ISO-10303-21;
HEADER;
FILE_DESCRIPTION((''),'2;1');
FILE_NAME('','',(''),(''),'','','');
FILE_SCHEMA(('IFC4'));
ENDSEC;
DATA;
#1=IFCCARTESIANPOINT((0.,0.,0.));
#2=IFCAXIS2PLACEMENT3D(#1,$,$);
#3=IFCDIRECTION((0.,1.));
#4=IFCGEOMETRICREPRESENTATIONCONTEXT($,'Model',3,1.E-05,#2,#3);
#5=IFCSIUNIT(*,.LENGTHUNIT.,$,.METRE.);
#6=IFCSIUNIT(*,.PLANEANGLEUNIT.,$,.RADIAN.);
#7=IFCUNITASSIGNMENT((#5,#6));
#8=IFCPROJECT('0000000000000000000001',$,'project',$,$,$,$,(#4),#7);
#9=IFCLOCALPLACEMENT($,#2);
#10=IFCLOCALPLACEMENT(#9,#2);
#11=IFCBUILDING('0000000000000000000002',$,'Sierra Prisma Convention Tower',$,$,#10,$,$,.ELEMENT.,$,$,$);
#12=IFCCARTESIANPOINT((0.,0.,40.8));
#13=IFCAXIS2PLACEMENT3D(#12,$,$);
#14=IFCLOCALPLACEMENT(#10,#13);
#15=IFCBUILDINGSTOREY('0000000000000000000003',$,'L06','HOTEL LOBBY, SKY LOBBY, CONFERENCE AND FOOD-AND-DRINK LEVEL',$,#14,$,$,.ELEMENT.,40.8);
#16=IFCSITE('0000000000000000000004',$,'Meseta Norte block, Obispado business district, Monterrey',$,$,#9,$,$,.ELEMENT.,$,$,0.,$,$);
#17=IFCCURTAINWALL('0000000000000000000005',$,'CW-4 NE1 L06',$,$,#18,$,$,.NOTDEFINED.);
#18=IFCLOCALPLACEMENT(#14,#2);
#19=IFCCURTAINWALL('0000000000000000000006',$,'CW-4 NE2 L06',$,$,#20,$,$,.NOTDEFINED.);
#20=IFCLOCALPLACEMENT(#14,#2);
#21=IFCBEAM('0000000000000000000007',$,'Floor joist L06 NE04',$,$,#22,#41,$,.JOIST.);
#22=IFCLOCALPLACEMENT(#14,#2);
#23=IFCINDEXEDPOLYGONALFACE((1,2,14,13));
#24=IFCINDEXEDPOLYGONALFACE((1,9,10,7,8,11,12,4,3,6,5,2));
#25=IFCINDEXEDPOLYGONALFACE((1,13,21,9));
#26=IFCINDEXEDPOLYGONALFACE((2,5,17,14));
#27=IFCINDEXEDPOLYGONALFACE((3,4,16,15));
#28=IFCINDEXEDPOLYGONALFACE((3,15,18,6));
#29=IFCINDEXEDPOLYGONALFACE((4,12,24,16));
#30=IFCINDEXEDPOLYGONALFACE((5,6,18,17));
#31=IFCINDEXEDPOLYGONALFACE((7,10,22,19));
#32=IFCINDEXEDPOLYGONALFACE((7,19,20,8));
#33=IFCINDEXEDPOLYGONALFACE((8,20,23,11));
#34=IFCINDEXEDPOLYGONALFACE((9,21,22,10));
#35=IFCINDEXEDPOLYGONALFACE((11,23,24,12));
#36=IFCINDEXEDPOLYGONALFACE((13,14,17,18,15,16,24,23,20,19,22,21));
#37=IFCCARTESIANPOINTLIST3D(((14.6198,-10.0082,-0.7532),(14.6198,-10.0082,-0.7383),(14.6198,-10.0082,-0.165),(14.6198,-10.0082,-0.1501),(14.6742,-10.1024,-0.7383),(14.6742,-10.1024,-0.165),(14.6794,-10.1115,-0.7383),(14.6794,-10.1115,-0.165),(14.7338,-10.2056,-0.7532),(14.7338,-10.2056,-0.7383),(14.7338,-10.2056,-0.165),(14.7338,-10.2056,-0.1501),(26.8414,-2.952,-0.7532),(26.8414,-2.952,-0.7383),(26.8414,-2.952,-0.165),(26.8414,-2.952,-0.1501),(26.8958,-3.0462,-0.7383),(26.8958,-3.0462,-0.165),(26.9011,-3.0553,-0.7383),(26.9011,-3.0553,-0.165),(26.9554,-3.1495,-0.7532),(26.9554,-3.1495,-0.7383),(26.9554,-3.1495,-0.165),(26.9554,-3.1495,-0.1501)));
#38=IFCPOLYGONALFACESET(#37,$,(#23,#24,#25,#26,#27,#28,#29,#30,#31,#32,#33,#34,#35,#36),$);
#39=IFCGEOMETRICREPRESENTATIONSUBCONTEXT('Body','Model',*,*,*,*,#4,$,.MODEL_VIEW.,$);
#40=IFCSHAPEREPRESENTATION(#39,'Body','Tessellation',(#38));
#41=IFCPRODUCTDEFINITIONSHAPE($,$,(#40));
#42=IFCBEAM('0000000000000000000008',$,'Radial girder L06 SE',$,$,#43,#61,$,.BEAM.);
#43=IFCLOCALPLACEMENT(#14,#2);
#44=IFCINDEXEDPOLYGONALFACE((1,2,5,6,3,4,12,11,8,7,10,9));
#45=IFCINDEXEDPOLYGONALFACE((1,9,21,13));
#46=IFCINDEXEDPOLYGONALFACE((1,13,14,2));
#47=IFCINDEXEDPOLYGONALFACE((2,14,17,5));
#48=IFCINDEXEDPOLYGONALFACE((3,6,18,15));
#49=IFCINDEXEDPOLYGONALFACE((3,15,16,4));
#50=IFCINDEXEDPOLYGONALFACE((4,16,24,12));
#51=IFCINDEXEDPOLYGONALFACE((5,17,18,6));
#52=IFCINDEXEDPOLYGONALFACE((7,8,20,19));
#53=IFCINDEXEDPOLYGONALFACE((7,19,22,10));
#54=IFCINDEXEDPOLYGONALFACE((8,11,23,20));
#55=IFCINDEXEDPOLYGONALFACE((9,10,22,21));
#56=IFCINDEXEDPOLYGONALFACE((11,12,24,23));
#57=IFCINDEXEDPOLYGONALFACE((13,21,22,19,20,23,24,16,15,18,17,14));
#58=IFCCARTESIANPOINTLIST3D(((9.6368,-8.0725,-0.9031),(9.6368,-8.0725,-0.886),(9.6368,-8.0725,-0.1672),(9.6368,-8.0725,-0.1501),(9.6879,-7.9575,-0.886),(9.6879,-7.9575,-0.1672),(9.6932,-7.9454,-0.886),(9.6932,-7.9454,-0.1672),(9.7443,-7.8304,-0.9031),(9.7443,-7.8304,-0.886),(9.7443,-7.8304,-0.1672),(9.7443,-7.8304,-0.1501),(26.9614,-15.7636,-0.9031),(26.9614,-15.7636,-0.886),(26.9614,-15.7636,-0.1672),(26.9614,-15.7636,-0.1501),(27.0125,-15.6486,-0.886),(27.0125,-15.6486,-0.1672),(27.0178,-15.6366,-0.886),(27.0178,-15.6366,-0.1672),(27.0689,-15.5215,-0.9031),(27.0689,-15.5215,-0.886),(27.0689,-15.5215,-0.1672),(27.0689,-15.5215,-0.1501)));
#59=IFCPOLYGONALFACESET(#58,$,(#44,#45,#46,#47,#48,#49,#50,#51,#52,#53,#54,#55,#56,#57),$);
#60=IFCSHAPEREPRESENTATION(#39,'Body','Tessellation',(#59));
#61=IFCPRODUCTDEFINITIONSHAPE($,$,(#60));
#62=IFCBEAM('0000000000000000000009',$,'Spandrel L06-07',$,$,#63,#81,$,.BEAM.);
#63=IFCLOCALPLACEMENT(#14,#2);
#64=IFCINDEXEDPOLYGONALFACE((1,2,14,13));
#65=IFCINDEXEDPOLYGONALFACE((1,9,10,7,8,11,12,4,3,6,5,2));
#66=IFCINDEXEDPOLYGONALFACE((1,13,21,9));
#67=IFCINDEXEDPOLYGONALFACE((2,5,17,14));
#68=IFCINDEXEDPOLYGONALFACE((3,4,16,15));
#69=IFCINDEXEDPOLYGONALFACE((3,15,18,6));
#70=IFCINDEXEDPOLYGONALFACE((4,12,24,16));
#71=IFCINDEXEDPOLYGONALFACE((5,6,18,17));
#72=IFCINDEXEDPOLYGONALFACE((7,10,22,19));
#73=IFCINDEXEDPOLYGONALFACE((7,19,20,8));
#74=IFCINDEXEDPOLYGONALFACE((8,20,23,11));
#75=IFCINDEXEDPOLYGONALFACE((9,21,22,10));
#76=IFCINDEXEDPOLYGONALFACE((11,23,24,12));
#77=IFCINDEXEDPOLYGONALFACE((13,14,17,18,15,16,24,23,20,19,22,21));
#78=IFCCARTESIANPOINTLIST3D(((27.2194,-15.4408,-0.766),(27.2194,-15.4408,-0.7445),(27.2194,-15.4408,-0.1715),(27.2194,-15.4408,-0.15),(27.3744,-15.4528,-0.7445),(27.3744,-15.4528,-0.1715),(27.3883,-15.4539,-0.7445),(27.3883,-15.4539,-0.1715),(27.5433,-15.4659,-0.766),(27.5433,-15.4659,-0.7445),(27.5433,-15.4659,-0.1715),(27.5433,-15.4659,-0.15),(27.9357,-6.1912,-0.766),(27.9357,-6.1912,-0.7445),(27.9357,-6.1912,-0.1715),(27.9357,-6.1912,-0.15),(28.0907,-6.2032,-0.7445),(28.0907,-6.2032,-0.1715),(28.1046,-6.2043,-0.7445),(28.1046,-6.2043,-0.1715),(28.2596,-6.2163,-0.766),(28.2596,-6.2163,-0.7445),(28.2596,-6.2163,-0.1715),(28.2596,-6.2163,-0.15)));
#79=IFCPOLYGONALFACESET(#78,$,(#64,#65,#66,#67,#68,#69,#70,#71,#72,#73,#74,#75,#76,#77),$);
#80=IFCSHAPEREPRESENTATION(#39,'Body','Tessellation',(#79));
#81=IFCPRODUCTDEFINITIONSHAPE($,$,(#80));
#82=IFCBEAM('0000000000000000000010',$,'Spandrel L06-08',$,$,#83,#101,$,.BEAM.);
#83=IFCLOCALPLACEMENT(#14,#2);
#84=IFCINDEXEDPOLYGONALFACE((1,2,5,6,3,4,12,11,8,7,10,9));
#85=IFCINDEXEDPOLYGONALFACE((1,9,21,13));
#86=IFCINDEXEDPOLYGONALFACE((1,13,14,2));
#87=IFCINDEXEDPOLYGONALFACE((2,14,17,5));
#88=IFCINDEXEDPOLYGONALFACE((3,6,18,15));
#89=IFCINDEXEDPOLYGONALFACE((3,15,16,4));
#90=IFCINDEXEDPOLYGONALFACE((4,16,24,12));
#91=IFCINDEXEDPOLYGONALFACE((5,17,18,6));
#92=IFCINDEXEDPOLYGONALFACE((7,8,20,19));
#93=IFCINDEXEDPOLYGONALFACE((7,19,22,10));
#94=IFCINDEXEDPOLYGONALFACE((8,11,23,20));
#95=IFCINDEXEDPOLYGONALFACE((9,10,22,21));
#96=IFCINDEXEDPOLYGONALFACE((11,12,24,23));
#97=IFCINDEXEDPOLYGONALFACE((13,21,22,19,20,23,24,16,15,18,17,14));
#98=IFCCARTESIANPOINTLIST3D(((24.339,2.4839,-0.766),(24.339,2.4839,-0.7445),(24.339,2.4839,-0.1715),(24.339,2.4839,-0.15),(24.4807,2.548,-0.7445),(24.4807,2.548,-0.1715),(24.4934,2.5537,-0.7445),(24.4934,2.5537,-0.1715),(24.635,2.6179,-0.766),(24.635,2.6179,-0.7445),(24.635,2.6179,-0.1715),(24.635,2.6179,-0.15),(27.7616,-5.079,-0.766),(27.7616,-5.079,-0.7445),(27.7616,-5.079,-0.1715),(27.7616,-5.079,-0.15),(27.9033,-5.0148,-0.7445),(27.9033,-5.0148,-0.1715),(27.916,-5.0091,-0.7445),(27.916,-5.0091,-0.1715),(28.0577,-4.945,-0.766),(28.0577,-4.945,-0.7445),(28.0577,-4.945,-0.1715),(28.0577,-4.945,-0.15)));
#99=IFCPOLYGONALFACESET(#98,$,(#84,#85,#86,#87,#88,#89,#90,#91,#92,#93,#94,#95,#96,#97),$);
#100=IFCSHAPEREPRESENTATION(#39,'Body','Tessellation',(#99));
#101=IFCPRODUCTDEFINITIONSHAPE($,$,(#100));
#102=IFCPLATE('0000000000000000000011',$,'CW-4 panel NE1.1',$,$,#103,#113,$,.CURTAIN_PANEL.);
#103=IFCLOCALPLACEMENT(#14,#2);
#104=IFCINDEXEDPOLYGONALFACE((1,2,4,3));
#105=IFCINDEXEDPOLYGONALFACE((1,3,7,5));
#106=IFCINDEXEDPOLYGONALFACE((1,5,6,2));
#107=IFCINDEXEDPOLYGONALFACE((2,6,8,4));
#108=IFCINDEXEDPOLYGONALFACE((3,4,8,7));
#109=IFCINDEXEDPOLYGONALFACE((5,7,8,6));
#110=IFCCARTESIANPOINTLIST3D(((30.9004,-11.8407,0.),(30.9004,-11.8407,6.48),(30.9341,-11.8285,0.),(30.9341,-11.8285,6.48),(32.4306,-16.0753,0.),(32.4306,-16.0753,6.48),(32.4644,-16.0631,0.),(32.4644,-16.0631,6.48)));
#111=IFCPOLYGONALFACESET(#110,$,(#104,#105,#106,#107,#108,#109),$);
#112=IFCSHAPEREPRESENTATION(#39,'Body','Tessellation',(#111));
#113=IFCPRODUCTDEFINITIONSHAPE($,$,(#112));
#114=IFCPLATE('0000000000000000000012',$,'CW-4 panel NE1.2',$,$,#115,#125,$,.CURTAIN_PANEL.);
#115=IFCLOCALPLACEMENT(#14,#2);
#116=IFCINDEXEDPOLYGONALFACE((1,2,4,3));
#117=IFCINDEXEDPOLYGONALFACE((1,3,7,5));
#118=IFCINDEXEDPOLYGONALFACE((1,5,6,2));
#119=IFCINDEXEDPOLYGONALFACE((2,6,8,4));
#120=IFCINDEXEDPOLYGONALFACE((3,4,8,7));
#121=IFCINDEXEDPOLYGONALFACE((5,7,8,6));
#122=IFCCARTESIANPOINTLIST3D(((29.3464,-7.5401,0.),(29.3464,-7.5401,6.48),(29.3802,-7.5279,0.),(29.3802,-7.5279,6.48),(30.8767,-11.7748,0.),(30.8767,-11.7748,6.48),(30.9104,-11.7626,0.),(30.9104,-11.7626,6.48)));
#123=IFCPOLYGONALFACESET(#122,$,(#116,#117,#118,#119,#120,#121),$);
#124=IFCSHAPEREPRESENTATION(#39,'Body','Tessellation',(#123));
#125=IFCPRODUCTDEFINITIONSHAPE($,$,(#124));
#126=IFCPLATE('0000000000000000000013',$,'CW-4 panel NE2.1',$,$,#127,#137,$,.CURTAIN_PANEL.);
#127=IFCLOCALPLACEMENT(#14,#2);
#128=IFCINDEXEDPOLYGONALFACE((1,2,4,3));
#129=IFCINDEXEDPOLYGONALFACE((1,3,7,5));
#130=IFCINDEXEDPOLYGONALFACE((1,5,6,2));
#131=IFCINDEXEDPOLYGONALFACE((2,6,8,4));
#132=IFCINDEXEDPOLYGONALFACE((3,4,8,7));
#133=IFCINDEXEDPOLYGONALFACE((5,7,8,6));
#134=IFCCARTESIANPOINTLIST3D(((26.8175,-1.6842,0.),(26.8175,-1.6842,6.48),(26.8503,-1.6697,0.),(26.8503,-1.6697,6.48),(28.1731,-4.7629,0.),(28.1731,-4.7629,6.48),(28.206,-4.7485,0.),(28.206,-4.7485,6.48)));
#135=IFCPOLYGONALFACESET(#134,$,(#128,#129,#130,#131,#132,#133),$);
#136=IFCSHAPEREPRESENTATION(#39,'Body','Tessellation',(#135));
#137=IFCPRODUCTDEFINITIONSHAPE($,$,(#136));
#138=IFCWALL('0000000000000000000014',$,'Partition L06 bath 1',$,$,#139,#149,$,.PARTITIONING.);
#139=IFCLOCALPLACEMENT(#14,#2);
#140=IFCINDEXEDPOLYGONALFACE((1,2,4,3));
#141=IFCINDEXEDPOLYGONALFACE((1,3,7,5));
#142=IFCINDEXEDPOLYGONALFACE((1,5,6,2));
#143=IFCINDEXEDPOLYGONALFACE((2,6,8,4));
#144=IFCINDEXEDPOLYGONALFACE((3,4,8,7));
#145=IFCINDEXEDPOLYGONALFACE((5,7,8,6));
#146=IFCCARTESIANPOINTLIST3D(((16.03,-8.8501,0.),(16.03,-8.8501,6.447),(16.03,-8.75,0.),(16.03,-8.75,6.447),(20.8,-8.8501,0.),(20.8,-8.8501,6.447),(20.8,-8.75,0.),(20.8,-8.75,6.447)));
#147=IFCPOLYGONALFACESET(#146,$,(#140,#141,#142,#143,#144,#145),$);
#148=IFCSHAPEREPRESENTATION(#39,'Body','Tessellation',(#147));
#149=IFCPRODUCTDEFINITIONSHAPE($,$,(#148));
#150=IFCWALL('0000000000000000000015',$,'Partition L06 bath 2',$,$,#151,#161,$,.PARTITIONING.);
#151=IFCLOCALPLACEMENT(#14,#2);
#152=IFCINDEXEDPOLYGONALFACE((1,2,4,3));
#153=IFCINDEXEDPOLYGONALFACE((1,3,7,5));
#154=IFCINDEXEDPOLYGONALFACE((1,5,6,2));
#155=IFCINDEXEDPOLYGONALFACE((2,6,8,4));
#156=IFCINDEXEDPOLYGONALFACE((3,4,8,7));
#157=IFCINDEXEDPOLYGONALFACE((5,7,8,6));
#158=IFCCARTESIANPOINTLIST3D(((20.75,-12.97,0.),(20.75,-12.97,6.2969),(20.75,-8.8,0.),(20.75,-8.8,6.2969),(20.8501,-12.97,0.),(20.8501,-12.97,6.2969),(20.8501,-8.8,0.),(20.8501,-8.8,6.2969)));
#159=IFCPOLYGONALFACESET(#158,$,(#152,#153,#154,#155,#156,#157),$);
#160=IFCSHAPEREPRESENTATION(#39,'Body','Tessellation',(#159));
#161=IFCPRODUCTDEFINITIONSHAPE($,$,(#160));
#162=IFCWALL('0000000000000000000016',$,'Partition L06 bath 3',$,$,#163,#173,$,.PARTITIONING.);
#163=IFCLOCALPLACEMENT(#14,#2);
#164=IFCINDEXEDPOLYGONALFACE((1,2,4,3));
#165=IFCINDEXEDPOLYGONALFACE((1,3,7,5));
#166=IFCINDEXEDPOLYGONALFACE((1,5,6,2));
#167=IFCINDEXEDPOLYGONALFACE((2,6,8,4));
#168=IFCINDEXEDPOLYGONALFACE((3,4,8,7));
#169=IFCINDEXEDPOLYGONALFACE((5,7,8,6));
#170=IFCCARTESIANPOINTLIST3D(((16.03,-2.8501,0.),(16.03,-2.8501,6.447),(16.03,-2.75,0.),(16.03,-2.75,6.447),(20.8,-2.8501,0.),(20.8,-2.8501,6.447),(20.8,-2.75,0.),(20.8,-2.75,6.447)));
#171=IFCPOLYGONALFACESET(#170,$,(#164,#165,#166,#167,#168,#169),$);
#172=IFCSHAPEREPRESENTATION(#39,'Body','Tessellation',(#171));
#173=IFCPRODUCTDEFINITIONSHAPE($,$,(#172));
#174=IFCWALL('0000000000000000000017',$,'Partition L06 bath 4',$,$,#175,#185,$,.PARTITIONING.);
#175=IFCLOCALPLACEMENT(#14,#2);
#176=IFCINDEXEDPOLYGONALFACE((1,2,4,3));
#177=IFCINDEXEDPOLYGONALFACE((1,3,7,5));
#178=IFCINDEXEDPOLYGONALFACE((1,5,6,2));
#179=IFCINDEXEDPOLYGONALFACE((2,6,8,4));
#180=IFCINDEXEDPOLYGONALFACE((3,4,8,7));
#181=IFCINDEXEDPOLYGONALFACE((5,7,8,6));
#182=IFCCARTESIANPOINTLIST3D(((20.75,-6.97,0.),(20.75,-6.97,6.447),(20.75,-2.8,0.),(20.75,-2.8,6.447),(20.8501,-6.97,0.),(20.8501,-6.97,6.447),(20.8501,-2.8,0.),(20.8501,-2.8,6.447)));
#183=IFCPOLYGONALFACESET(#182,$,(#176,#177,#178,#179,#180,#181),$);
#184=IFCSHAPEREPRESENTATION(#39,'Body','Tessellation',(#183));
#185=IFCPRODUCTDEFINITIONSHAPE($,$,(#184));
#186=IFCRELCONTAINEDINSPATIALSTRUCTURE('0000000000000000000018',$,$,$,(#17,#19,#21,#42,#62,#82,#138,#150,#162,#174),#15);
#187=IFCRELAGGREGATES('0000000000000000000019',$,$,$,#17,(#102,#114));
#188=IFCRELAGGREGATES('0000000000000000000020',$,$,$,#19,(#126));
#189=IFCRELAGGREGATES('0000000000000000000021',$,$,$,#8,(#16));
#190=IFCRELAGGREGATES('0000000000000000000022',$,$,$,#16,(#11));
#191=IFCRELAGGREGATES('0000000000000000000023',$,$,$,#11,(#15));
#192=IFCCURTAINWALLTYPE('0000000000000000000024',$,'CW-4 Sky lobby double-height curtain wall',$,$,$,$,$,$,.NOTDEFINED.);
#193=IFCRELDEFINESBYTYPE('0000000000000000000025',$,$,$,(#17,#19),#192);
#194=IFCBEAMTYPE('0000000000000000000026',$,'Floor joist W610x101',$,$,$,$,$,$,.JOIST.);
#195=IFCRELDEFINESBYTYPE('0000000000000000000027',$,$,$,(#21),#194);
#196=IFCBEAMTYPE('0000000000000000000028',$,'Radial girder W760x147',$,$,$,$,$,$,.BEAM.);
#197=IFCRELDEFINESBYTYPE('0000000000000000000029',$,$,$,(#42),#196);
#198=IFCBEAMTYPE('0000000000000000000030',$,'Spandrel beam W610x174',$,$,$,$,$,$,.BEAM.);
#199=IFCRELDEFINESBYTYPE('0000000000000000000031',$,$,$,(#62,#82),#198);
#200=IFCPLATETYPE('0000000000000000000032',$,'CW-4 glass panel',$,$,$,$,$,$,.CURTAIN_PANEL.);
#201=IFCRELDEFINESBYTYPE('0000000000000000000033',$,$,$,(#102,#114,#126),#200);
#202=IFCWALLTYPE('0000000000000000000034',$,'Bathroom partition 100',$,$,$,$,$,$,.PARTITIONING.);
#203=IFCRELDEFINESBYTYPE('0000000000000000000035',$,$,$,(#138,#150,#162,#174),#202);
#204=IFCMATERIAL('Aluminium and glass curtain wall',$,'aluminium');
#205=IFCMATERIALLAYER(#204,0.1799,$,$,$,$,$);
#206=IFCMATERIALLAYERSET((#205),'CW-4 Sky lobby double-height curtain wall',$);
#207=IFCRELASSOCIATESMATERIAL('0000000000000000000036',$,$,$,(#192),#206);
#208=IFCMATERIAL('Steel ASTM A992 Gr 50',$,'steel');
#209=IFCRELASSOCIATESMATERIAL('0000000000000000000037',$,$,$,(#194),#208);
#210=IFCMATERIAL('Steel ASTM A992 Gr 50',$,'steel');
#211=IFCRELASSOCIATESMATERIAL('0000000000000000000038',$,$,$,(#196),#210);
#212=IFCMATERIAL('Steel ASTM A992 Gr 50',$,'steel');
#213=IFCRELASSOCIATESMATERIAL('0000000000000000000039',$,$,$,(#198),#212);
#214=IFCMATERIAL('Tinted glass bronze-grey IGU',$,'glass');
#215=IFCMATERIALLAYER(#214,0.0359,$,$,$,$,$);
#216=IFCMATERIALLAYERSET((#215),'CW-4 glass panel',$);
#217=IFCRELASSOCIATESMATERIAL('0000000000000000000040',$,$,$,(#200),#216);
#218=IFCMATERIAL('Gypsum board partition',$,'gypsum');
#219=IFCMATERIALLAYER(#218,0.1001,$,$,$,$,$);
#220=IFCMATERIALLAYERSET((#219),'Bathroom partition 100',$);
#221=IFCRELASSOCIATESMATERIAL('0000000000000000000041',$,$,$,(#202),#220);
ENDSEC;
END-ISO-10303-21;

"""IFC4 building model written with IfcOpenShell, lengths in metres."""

from ifc_helpers import new_model, si_unit, direction, frame, frame_2d, origin, origin_2d, place, context, subcontext, project, spatial, rectangle, i_section, extrude, material, layer, layer_set, material_profile, profile_set, type_object, element, aggregate, save


model = new_model("IFC4")

# Units and contexts
model_context = context("Model", 3, precision=1e-05, world=origin(), true_north=direction((0.0, 1.0)))
body_context = subcontext(model_context, "Body", "Model", "MODEL_VIEW")
ifc_project = project(units=[si_unit("LENGTHUNIT", "METRE"), si_unit("PLANEANGLEUNIT", "RADIAN")], contexts=[model_context])

# Site, building, storey
site_placement = place(None, origin())
site = spatial("IfcSite", under=ifc_project, at=site_placement, Name="Meseta Norte block, Obispado business district, Monterrey", CompositionType="ELEMENT", RefElevation=0.0)
building_placement = place(site_placement, origin())
building = spatial("IfcBuilding", under=site, at=building_placement, Name="Sierra Prisma Convention Tower", CompositionType="ELEMENT")
storey_placement = place(building_placement, frame((0.0, 0.0, 40.8)))
storey = spatial("IfcBuildingStorey", under=building, at=storey_placement, Name="L06", Description="HOTEL LOBBY, SKY LOBBY, CONFERENCE AND FOOD-AND-DRINK LEVEL", CompositionType="ELEMENT", Elevation=40.8)

# Curtain walls
ifc_material_1 = material(Name="Aluminium and glass curtain wall", Category="aluminium")
ifc_layer_1 = layer(ifc_material_1, 0.1799)
ifc_layer_set_1 = layer_set([ifc_layer_1], Name="CW-4 Sky lobby double-height curtain wall")
curtain_wall_type = type_object("IfcCurtainWallType", Name="CW-4 Sky lobby double-height curtain wall", PredefinedType="NOTDEFINED", material=ifc_layer_set_1)
curtain_wall_1_placement = place(storey_placement, origin())
curtain_wall_1 = element("IfcCurtainWall", 1, at=curtain_wall_1_placement, inside=storey, type_object=curtain_wall_type, Name="CW-4 NE1 L06", PredefinedType="NOTDEFINED")
curtain_wall_2_placement = place(storey_placement, origin())
curtain_wall_2 = element("IfcCurtainWall", 2, at=curtain_wall_2_placement, inside=storey, type_object=curtain_wall_type, Name="CW-4 NE2 L06", PredefinedType="NOTDEFINED")

# Beams
ifc_material_2 = material(Name="Steel ASTM A992 Gr 50", Category="steel")
ifc_material_profile_1 = material_profile(ifc_material_2, i_section(OverallWidth=0.228, OverallDepth=0.603, WebThickness=0.0105, FlangeThickness=0.0149, at=origin_2d()), Name="W610x101")
ifc_profile_set_1 = profile_set([ifc_material_profile_1], Name="Steel ASTM A992 Gr 50")
beam_type_1 = type_object("IfcBeamType", Name="Floor joist W610x101", PredefinedType="JOIST", material=ifc_profile_set_1)
beam_1_placement = place(storey_placement, frame((26.8984, -3.0508, -0.4517), z_axis=(-0.866027, -0.499998, 0.0), x_axis=(0.499998, -0.866027, 0.0)))
element("IfcBeam", 3, at=beam_1_placement, inside=storey, type_object=beam_type_1, Name="Floor joist L06 NE04", PredefinedType="JOIST", context=body_context, shape_type="SweptSolid", body=[
    extrude(i_section(OverallWidth=0.228, OverallDepth=0.603, WebThickness=0.0105, FlangeThickness=0.0149, at=origin_2d()), origin(), (0.0, 0.0, 1.0), 14.1123),
])
ifc_material_3 = material(Name="Steel ASTM A992 Gr 50", Category="steel")
ifc_material_profile_2 = material_profile(ifc_material_3, i_section(OverallWidth=0.2649, OverallDepth=0.7529, WebThickness=0.0132, FlangeThickness=0.0171, at=origin_2d()), Name="W760x147")
ifc_profile_set_2 = profile_set([ifc_material_profile_2], Name="Steel ASTM A992 Gr 50")
beam_type_2 = type_object("IfcBeamType", Name="Radial girder W760x147", PredefinedType="BEAM", material=ifc_profile_set_2)
beam_2_placement = place(storey_placement, frame((27.0151, -15.6426, -0.5266), z_axis=(-0.913982, 0.405755, 0.0), x_axis=(-0.405755, -0.913982, 0.0)))
element("IfcBeam", 4, at=beam_2_placement, inside=storey, type_object=beam_type_2, Name="Radial girder L06 SE", PredefinedType="BEAM", context=body_context, shape_type="SweptSolid", body=[
    extrude(i_section(OverallWidth=0.2649, OverallDepth=0.7529, WebThickness=0.0132, FlangeThickness=0.0171, at=origin_2d()), origin(), (0.0, 0.0, 1.0), 18.9551),
])
ifc_material_4 = material(Name="Steel ASTM A992 Gr 50", Category="steel")
ifc_material_profile_3 = material_profile(ifc_material_4, i_section(OverallWidth=0.325, OverallDepth=0.616, WebThickness=0.0139, FlangeThickness=0.0215, at=origin_2d()), Name="W610x174")
ifc_profile_set_3 = profile_set([ifc_material_profile_3], Name="Steel ASTM A992 Gr 50")
beam_type_3 = type_object("IfcBeamType", Name="Spandrel beam W610x174", PredefinedType="BEAM", material=ifc_profile_set_3)
beam_3_placement = place(storey_placement, frame((27.3813, -15.4534, -0.458), z_axis=(0.07721, 0.997015, 0.0), x_axis=(-0.997015, 0.07721, 0.0)))
element("IfcBeam", 5, at=beam_3_placement, inside=storey, type_object=beam_type_3, Name="Spandrel L06-07", PredefinedType="BEAM", context=body_context, shape_type="SweptSolid", body=[
    extrude(i_section(OverallWidth=0.325, OverallDepth=0.616, WebThickness=0.0139, FlangeThickness=0.0215, at=origin_2d()), origin(), (0.0, 0.0, 1.0), 9.2773),
])
beam_4_placement = place(storey_placement, frame((27.9097, -5.012, -0.458), z_axis=(-0.412304, 0.911046, 0.0), x_axis=(-0.911046, -0.412304, 0.0)))
element("IfcBeam", 6, at=beam_4_placement, inside=storey, type_object=beam_type_3, Name="Spandrel L06-08", PredefinedType="BEAM", context=body_context, shape_type="SweptSolid", body=[
    extrude(i_section(OverallWidth=0.325, OverallDepth=0.616, WebThickness=0.0139, FlangeThickness=0.0215, at=origin_2d()), origin(), (0.0, 0.0, 1.0), 8.3013),
])

# Plates
ifc_material_5 = material(Name="Tinted glass bronze-grey IGU", Category="glass")
ifc_layer_2 = layer(ifc_material_5, 0.0359)
ifc_layer_set_2 = layer_set([ifc_layer_2], Name="CW-4 glass panel")
plate_type = type_object("IfcPlateType", Name="CW-4 glass panel", PredefinedType="CURTAIN_PANEL", material=ifc_layer_set_2)
plate_1_placement = place(storey_placement, frame((31.6824, -13.9519, 0.0), z_axis=(0.0, 0.0, 1.0), x_axis=(-0.339853, 0.940479, 0.0)))
plate_1 = element("IfcPlate", 7, at=plate_1_placement, type_object=plate_type, Name="CW-4 panel NE1.1", PredefinedType="CURTAIN_PANEL", context=body_context, shape_type="SweptSolid", body=[
    extrude(rectangle(XDim=4.5027, YDim=0.0359, at=origin_2d()), origin(), (0.0, 0.0, 1.0), 6.48),
])
plate_2_placement = place(storey_placement, frame((30.1284, -9.6514, 0.0), z_axis=(0.0, 0.0, 1.0), x_axis=(-0.339853, 0.940479, 0.0)))
plate_2 = element("IfcPlate", 8, at=plate_2_placement, type_object=plate_type, Name="CW-4 panel NE1.2", PredefinedType="CURTAIN_PANEL", context=body_context, shape_type="SweptSolid", body=[
    extrude(rectangle(XDim=4.5027, YDim=0.0359, at=origin_2d()), origin(), (0.0, 0.0, 1.0), 6.48),
])
aggregate(curtain_wall_1, [plate_1, plate_2])
plate_3_placement = place(storey_placement, frame((27.5117, -3.2163, 0.0), z_axis=(0.0, 0.0, 1.0), x_axis=(-0.402984, 0.915207, 0.0)))
plate_3 = element("IfcPlate", 9, at=plate_3_placement, type_object=plate_type, Name="CW-4 panel NE2.1", PredefinedType="CURTAIN_PANEL", context=body_context, shape_type="SweptSolid", body=[
    extrude(rectangle(XDim=3.364, YDim=0.0359, at=origin_2d()), origin(), (0.0, 0.0, 1.0), 6.48),
])
aggregate(curtain_wall_2, [plate_3])

# Walls
ifc_material_6 = material(Name="Gypsum board partition", Category="gypsum")
ifc_layer_3 = layer(ifc_material_6, 0.1001)
ifc_layer_set_3 = layer_set([ifc_layer_3], Name="Bathroom partition 100")
wall_type_1 = type_object("IfcWallType", Name="Bathroom partition 100", PredefinedType="PARTITIONING", material=ifc_layer_set_3)
wall_1_placement = place(storey_placement, frame((16.03, -8.8, 0.0), z_axis=(0.0, 0.0, 1.0), x_axis=(1.0, 0.0, 0.0)))
element("IfcWall", 10, at=wall_1_placement, inside=storey, type_object=wall_type_1, Name="Partition L06 bath 1", PredefinedType="PARTITIONING", context=body_context, shape_type="SweptSolid", body=[
    extrude(rectangle(XDim=4.77, YDim=0.1001, at=frame_2d((2.385, 0.0))), origin(), (0.0, 0.0, 1.0), 6.447),
])
wall_2_placement = place(storey_placement, frame((20.8, -8.8, 0.0), z_axis=(0.0, 0.0, 1.0), x_axis=(0.0, -1.0, 0.0)))
element("IfcWall", 11, at=wall_2_placement, inside=storey, type_object=wall_type_1, Name="Partition L06 bath 2", PredefinedType="PARTITIONING", context=body_context, shape_type="SweptSolid", body=[
    extrude(rectangle(XDim=4.1699, YDim=0.1001, at=frame_2d((2.085, 0.0))), origin(), (0.0, 0.0, 1.0), 6.2969),
])
wall_3_placement = place(storey_placement, frame((16.03, -2.8, 0.0), z_axis=(0.0, 0.0, 1.0), x_axis=(1.0, 0.0, 0.0)))
element("IfcWall", 12, at=wall_3_placement, inside=storey, type_object=wall_type_1, Name="Partition L06 bath 3", PredefinedType="PARTITIONING", context=body_context, shape_type="SweptSolid", body=[
    extrude(rectangle(XDim=4.77, YDim=0.1001, at=frame_2d((2.385, 0.0))), origin(), (0.0, 0.0, 1.0), 6.447),
])
wall_4_placement = place(storey_placement, frame((20.8, -2.8, 0.0), z_axis=(0.0, 0.0, 1.0), x_axis=(0.0, -1.0, 0.0)))
element("IfcWall", 13, at=wall_4_placement, inside=storey, type_object=wall_type_1, Name="Partition L06 bath 4", PredefinedType="PARTITIONING", context=body_context, shape_type="SweptSolid", body=[
    extrude(rectangle(XDim=4.1699, YDim=0.1001, at=frame_2d((2.085, 0.0))), origin(), (0.0, 0.0, 1.0), 6.447),
])

save(model, "model.ifc")
